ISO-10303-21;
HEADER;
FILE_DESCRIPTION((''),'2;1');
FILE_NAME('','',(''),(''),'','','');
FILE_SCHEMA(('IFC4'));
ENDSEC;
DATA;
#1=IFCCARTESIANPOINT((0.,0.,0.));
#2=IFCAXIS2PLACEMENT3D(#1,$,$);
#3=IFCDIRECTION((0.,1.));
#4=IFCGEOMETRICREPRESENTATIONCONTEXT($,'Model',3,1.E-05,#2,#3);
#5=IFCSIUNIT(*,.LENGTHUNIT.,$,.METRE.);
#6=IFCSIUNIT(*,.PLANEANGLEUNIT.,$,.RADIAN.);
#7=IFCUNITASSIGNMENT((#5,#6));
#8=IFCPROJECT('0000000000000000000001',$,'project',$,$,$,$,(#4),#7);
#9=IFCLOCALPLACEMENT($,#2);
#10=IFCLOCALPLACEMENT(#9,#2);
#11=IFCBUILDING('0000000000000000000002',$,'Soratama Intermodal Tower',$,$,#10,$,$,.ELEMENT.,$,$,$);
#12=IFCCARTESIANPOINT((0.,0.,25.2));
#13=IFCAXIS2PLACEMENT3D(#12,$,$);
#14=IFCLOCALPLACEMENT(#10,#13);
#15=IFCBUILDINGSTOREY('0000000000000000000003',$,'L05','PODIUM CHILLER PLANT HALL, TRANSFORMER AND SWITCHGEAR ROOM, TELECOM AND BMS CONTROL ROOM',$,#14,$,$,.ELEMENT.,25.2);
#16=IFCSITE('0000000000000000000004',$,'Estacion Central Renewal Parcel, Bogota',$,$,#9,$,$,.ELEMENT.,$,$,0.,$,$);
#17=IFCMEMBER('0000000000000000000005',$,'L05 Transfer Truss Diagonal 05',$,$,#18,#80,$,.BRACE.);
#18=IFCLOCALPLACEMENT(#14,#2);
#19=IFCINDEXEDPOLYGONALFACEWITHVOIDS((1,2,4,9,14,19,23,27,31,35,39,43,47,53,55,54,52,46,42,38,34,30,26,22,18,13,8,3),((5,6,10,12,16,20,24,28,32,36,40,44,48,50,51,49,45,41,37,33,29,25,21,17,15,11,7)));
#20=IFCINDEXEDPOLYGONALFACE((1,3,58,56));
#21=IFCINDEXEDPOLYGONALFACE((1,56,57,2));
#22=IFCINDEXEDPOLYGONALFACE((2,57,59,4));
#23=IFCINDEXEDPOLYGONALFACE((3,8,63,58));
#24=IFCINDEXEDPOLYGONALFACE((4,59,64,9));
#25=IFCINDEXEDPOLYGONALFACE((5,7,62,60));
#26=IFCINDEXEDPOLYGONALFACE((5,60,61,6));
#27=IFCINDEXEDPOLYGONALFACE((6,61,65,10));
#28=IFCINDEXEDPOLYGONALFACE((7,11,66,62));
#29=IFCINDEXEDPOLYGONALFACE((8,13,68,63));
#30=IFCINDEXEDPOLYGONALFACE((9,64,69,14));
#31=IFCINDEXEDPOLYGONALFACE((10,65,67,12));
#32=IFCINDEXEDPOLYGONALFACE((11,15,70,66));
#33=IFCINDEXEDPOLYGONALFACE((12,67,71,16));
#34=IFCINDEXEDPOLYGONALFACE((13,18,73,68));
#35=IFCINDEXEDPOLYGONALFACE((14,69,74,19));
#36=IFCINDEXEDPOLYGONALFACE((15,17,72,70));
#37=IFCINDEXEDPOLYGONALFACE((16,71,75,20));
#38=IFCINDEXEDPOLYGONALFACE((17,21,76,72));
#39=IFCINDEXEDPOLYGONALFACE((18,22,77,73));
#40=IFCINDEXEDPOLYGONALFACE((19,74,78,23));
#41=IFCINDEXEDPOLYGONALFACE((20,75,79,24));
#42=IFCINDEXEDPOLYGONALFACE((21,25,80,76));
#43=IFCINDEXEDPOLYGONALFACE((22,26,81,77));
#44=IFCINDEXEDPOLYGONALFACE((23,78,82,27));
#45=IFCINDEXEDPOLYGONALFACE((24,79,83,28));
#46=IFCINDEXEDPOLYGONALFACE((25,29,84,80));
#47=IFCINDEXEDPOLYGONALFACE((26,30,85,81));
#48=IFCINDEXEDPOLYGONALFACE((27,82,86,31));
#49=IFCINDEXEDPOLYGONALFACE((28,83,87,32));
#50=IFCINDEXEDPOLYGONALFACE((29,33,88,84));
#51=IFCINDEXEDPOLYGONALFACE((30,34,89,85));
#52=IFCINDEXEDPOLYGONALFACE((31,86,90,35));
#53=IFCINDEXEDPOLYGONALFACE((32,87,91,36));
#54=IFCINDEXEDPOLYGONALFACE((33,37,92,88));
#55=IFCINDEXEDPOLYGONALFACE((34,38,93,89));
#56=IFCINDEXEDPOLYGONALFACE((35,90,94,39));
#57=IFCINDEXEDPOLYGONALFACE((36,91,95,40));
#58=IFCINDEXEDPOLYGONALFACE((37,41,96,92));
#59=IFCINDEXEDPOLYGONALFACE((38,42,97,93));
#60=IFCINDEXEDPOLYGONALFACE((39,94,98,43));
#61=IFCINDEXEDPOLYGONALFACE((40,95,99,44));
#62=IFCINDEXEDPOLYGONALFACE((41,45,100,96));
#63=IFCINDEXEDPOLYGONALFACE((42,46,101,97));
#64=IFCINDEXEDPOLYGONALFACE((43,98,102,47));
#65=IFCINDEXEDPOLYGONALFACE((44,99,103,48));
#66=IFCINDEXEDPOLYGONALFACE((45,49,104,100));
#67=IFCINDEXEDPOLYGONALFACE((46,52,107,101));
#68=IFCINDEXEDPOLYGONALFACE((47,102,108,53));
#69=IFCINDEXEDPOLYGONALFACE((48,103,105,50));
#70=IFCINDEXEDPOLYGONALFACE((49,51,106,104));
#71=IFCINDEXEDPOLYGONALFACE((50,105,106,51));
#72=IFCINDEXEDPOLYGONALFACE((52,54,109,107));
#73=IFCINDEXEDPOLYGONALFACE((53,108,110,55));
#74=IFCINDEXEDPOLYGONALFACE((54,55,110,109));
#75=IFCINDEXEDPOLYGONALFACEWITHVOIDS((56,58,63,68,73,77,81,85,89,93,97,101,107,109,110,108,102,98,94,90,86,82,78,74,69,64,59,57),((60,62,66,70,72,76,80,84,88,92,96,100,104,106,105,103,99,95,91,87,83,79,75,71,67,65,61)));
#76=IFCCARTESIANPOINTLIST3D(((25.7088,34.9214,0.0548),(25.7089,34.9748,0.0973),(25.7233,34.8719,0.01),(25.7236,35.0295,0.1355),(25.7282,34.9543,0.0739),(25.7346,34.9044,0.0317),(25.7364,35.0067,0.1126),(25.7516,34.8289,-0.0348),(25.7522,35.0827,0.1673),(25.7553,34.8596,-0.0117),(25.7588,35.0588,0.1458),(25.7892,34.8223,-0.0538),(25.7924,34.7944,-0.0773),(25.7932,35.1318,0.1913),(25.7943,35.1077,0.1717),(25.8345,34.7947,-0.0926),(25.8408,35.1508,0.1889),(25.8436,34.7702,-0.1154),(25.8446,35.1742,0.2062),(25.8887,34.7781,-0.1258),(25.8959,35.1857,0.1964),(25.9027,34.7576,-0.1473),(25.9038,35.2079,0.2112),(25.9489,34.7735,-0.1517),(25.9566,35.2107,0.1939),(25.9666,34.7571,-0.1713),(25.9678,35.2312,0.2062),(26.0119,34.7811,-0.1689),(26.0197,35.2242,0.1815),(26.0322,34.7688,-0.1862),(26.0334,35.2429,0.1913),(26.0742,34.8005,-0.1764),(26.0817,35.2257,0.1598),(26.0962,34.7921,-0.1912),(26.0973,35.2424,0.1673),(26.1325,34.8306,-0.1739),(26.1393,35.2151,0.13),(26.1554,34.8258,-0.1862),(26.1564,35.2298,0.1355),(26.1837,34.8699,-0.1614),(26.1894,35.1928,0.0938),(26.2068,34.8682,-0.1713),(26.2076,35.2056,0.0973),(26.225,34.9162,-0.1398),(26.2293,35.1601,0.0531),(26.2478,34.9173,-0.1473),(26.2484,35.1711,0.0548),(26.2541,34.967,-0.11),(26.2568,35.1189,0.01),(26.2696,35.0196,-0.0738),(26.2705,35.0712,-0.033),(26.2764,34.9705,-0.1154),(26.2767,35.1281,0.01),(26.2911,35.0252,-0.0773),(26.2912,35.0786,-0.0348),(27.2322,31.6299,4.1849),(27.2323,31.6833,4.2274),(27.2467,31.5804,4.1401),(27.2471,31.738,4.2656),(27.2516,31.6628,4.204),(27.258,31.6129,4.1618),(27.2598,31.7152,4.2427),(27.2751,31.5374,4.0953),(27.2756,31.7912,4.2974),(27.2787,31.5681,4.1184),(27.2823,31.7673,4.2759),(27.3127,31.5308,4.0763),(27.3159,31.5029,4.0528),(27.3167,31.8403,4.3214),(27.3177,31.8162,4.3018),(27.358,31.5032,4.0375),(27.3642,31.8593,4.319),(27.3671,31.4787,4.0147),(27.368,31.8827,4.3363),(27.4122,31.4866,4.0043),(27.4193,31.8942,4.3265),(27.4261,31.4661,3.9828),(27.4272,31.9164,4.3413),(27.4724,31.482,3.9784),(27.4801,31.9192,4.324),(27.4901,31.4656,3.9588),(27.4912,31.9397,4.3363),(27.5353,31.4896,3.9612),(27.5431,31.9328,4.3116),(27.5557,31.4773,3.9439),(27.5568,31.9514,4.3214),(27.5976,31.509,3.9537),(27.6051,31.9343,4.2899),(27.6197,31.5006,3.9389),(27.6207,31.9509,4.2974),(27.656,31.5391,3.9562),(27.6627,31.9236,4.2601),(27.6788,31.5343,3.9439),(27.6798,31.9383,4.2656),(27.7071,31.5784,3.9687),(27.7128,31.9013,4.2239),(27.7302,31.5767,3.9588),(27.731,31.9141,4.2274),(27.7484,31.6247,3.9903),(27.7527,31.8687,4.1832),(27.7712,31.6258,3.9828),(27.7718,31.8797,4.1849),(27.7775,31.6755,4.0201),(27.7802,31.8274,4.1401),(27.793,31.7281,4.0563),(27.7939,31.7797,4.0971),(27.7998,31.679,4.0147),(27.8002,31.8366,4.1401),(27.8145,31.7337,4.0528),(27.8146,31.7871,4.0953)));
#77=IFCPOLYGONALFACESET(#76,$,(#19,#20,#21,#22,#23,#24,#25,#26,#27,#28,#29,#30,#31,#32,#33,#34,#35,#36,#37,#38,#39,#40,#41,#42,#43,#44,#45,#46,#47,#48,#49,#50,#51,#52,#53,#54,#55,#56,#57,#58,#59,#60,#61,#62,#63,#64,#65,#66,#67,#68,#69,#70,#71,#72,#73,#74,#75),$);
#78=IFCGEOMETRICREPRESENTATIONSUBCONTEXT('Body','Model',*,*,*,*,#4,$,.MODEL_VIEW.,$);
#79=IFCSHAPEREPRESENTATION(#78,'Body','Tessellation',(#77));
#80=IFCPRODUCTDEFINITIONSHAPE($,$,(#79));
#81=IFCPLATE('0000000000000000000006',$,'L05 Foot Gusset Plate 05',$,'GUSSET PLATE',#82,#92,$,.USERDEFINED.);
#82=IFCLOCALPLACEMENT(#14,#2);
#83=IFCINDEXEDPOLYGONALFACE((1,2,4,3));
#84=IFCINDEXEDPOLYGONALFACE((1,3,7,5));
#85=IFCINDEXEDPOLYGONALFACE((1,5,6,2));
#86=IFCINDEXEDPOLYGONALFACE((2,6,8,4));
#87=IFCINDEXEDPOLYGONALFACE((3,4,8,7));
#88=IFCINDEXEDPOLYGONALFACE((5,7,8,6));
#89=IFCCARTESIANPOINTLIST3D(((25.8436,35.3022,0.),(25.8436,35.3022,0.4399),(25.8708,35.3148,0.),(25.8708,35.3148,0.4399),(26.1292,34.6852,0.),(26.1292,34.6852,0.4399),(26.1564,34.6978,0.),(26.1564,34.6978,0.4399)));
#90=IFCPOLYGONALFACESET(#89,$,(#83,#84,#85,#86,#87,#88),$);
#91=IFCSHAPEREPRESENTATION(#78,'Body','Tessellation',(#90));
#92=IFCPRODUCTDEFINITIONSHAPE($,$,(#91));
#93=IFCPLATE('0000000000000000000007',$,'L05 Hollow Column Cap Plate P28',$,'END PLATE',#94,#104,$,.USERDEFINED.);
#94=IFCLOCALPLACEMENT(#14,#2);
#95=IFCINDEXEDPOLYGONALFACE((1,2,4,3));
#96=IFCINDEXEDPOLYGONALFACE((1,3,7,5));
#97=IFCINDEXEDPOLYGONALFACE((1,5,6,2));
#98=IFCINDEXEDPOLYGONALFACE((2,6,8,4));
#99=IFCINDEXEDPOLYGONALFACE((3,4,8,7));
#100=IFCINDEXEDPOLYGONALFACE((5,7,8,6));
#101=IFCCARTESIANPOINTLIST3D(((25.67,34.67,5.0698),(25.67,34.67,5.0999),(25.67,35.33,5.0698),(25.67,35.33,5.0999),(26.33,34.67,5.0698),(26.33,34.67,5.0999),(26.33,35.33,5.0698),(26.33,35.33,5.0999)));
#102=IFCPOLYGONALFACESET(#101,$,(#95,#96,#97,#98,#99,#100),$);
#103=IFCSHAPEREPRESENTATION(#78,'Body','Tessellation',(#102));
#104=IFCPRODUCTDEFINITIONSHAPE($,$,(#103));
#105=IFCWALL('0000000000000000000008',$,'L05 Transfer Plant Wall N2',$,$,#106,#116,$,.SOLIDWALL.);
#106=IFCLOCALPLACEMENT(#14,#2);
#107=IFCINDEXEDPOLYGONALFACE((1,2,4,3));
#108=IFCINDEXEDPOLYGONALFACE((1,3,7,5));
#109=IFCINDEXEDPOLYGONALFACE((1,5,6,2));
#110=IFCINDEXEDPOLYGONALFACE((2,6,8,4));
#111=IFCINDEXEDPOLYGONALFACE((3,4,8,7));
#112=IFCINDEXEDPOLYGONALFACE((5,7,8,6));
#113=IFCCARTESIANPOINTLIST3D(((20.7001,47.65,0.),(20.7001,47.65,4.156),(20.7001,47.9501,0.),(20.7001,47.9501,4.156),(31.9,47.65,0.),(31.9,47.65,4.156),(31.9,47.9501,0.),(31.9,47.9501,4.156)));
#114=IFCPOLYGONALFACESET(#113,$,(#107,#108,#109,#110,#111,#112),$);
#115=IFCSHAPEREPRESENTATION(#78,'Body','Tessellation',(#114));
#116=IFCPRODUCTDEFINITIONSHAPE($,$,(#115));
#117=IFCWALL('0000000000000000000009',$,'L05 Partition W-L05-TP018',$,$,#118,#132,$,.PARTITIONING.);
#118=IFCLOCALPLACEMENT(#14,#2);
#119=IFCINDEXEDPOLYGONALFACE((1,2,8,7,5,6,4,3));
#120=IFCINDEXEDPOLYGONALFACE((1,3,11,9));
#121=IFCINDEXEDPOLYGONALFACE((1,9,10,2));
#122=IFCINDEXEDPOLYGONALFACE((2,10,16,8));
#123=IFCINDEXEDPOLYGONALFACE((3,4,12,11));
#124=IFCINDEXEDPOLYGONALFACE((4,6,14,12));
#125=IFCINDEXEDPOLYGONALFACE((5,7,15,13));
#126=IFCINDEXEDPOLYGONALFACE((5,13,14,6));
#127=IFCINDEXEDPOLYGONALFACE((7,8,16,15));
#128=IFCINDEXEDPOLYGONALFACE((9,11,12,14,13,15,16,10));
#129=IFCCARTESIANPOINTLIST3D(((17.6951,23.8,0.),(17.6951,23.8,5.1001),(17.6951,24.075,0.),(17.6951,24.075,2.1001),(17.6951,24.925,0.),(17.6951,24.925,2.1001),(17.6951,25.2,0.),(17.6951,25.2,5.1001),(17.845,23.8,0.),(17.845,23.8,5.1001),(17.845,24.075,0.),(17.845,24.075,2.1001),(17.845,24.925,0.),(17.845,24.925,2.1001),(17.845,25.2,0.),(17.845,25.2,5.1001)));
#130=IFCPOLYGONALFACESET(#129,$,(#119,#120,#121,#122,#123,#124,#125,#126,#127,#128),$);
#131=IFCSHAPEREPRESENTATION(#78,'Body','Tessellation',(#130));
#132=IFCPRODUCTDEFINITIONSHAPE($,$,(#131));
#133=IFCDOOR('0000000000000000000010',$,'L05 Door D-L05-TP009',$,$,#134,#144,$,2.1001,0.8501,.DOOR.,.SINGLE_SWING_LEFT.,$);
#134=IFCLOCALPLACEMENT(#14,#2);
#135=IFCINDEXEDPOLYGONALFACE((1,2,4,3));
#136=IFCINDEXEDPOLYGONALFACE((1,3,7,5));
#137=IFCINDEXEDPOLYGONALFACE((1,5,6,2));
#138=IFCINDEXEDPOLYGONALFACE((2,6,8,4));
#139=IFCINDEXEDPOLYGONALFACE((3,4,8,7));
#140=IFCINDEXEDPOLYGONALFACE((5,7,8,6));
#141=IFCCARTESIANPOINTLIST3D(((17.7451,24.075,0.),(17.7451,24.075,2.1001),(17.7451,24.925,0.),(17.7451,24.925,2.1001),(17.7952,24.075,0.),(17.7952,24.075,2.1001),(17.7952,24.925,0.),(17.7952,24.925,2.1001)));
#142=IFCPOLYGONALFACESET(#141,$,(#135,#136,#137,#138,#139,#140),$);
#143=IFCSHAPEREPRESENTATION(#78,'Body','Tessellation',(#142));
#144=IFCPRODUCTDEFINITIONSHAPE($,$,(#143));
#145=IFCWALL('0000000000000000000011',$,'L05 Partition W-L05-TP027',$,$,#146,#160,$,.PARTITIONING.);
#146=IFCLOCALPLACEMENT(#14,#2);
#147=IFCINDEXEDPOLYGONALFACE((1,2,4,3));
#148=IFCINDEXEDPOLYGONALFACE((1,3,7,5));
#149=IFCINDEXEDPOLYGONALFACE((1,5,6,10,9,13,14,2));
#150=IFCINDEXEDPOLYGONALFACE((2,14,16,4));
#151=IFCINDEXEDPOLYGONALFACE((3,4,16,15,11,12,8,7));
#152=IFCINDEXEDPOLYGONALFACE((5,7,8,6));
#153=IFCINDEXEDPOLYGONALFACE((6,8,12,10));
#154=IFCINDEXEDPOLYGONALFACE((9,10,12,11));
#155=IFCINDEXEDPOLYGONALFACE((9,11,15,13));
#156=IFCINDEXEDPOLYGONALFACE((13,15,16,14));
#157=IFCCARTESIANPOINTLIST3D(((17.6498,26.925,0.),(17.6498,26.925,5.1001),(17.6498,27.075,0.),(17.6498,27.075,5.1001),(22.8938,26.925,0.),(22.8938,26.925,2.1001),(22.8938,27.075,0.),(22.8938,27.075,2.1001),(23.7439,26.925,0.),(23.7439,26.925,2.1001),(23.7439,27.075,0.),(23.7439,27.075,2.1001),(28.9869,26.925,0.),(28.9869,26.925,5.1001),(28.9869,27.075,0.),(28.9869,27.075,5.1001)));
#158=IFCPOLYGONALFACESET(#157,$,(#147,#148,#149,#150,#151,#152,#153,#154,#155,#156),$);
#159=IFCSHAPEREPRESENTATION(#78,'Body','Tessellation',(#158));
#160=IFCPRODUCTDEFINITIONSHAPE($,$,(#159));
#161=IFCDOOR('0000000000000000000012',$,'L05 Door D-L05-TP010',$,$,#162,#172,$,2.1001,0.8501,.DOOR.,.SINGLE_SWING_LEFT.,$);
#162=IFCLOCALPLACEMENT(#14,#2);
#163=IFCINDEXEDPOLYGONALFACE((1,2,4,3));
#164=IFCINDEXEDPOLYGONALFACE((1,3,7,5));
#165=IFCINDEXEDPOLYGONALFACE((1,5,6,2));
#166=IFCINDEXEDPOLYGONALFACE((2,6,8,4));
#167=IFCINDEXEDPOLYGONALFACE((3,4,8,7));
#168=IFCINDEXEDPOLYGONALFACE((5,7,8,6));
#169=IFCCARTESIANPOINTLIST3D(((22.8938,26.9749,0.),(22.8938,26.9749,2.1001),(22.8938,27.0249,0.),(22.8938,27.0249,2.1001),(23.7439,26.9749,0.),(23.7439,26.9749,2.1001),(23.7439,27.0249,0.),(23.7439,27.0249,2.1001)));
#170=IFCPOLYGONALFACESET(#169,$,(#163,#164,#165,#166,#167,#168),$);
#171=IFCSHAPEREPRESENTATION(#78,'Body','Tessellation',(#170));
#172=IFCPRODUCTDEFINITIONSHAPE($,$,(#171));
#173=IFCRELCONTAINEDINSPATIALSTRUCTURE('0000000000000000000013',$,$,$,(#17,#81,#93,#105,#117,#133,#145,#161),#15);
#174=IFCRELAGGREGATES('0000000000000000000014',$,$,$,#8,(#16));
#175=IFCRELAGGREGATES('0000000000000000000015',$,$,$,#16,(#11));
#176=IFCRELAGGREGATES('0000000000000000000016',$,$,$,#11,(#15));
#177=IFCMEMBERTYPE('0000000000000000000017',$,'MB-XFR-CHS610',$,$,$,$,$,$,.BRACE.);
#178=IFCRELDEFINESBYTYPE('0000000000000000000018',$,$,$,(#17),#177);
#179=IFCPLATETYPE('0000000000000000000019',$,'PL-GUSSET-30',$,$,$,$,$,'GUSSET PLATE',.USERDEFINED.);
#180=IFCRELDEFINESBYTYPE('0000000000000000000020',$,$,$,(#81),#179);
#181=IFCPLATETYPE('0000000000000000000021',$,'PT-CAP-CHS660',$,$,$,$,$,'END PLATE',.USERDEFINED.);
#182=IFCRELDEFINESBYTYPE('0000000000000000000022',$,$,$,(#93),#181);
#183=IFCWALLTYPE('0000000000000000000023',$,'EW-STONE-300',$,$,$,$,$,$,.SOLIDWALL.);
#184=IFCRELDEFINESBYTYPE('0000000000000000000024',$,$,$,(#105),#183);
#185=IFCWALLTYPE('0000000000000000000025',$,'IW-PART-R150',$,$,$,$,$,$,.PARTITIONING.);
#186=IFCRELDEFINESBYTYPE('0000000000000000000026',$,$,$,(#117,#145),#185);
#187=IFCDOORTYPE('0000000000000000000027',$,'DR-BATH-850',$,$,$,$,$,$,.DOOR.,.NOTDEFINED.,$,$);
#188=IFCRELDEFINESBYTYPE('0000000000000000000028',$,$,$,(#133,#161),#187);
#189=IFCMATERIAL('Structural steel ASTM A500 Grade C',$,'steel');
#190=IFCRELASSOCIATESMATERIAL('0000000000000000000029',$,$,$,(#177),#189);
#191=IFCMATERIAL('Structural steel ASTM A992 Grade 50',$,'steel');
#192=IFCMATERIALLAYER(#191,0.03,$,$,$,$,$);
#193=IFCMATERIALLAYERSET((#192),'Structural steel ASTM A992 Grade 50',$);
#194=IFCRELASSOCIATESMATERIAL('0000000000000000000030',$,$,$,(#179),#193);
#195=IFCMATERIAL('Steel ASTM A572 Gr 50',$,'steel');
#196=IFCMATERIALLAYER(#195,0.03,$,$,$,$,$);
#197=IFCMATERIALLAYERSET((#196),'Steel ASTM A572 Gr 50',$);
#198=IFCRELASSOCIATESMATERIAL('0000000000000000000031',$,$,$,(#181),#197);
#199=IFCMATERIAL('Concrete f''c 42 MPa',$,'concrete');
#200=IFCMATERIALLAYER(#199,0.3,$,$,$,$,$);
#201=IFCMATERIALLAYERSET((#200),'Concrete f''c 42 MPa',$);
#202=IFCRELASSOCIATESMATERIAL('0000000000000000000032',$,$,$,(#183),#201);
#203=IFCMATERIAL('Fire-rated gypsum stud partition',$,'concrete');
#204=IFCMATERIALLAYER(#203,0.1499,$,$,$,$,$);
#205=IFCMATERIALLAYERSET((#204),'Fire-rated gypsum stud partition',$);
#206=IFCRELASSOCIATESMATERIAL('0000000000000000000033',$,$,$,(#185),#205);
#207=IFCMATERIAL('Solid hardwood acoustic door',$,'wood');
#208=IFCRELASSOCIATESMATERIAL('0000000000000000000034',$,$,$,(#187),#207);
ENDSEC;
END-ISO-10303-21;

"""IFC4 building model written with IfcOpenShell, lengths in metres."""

from ifc_helpers import new_model, si_unit, direction, frame, frame_2d, origin, origin_2d, place, context, subcontext, project, spatial, rectangle, hollow_circle, extrude, material, layer, layer_set, material_profile, profile_set, type_object, element, fill, save


model = new_model("IFC4")

# Units and contexts
model_context = context("Model", 3, precision=1e-05, world=origin(), true_north=direction((0.0, 1.0)))
body_context = subcontext(model_context, "Body", "Model", "MODEL_VIEW")
ifc_project = project(units=[si_unit("LENGTHUNIT", "METRE"), si_unit("PLANEANGLEUNIT", "RADIAN")], contexts=[model_context])

# Site, building, storey
site_placement = place(None, origin())
site = spatial("IfcSite", under=ifc_project, at=site_placement, Name="Estacion Central Renewal Parcel, Bogota", CompositionType="ELEMENT", RefElevation=0.0)
building_placement = place(site_placement, origin())
building = spatial("IfcBuilding", under=site, at=building_placement, Name="Soratama Intermodal Tower", CompositionType="ELEMENT")
storey_placement = place(building_placement, frame((0.0, 0.0, 25.2)))
storey = spatial("IfcBuildingStorey", under=building, at=storey_placement, Name="L05", Description="PODIUM CHILLER PLANT HALL, TRANSFORMER AND SWITCHGEAR ROOM, TELECOM AND BMS CONTROL ROOM", CompositionType="ELEMENT", Elevation=25.2)

# Member
ifc_material_1 = material(Name="Structural steel ASTM A500 Grade C", Category="steel")
ifc_material_profile_1 = material_profile(ifc_material_1, hollow_circle(Radius=0.3049, WallThickness=0.022, at=origin_2d()), Name="CHS610X22")
ifc_profile_set_1 = profile_set([ifc_material_profile_1], Name="Structural steel ASTM A500 Grade C")
member_type = type_object("IfcMemberType", Name="MB-XFR-CHS610", PredefinedType="BRACE", material=ifc_profile_set_1)
member_placement = place(storey_placement, frame((26.0, 35.0, 0.01), z_axis=(0.277159, -0.598823, 0.751394), x_axis=(0.90751, 0.420031, 0.0)))
element("IfcMember", 1, at=member_placement, inside=storey, type_object=member_type, Name="L05 Transfer Truss Diagonal 05", PredefinedType="BRACE", context=body_context, shape_type="SweptSolid", body=[
    extrude(hollow_circle(Radius=0.3049, WallThickness=0.022, at=origin_2d()), origin(), (0.0, 0.0, 1.0), 5.4966),
])

# Plates
ifc_material_2 = material(Name="Structural steel ASTM A992 Grade 50", Category="steel")
ifc_layer_1 = layer(ifc_material_2, 0.03)
ifc_layer_set_1 = layer_set([ifc_layer_1], Name="Structural steel ASTM A992 Grade 50")
plate_type_1 = type_object("IfcPlateType", Name="PL-GUSSET-30", ElementType="GUSSET PLATE", PredefinedType="USERDEFINED", material=ifc_layer_set_1)
plate_1_placement = place(storey_placement, frame((26.0, 35.0, 0.0), z_axis=(0.0, 0.0, 1.0), x_axis=(0.420086, -0.907484, 0.0)))
element("IfcPlate", 2, at=plate_1_placement, inside=storey, type_object=plate_type_1, Name="L05 Foot Gusset Plate 05", ObjectType="GUSSET PLATE", PredefinedType="USERDEFINED", context=body_context, shape_type="SweptSolid", body=[
    extrude(rectangle(XDim=0.6799, YDim=0.03, at=origin_2d()), origin(), (0.0, 0.0, 1.0), 0.4399),
])
ifc_material_3 = material(Name="Steel ASTM A572 Gr 50", Category="steel")
ifc_layer_2 = layer(ifc_material_3, 0.03)
ifc_layer_set_2 = layer_set([ifc_layer_2], Name="Steel ASTM A572 Gr 50")
plate_type_2 = type_object("IfcPlateType", Name="PT-CAP-CHS660", ElementType="END PLATE", PredefinedType="USERDEFINED", material=ifc_layer_set_2)
plate_2_placement = place(storey_placement, frame((26.0, 35.0, 5.0698), z_axis=(0.0, 0.0, 1.0), x_axis=(1.0, 0.0, 0.0)))
element("IfcPlate", 3, at=plate_2_placement, inside=storey, type_object=plate_type_2, Name="L05 Hollow Column Cap Plate P28", ObjectType="END PLATE", PredefinedType="USERDEFINED", context=body_context, shape_type="SweptSolid", body=[
    extrude(rectangle(XDim=0.6599, YDim=0.6599, at=origin_2d()), origin(), (0.0, 0.0, 1.0), 0.03),
])

# Wall
ifc_material_4 = material(Name="Concrete f'c 42 MPa", Category="concrete")
ifc_layer_3 = layer(ifc_material_4, 0.3)
ifc_layer_set_3 = layer_set([ifc_layer_3], Name="Concrete f'c 42 MPa")
wall_type_1 = type_object("IfcWallType", Name="EW-STONE-300", PredefinedType="SOLIDWALL", material=ifc_layer_set_3)
wall_1_placement = place(storey_placement, frame((20.7, 47.8, 0.0), z_axis=(0.0, 0.0, 1.0), x_axis=(1.0, 0.0, 0.0)))
element("IfcWall", 4, at=wall_1_placement, inside=storey, type_object=wall_type_1, Name="L05 Transfer Plant Wall N2", PredefinedType="SOLIDWALL", context=body_context, shape_type="SweptSolid", body=[
    extrude(rectangle(XDim=11.2, YDim=0.3, at=frame_2d((5.6001, 0.0))), origin(), (0.0, 0.0, 1.0), 4.156),
])

# Walls, openings, doors
ifc_material_5 = material(Name="Fire-rated gypsum stud partition", Category="concrete")
ifc_layer_4 = layer(ifc_material_5, 0.1499)
ifc_layer_set_4 = layer_set([ifc_layer_4], Name="Fire-rated gypsum stud partition")
wall_type_2 = type_object("IfcWallType", Name="IW-PART-R150", PredefinedType="PARTITIONING", material=ifc_layer_set_4)
wall_2_placement = place(storey_placement, frame((17.77, 23.8, 0.0), z_axis=(0.0, 0.0, 1.0), x_axis=(0.0, 1.0, 0.0)))
wall_2 = element("IfcWall", 5, at=wall_2_placement, inside=storey, type_object=wall_type_2, Name="L05 Partition W-L05-TP018", PredefinedType="PARTITIONING", context=body_context, shape_type="SweptSolid", body=[
    extrude(rectangle(XDim=1.3999, YDim=0.1499, at=frame_2d((0.7, 0.0))), origin(), (0.0, 0.0, 1.0), 5.1001),
])
opening_1_placement = place(wall_2_placement, frame((0.2749, 0.0, 0.0)))
opening_1 = element("IfcOpeningElement", 6, at=opening_1_placement, cuts=wall_2, PredefinedType="OPENING", context=body_context, shape_type="SweptSolid", body=[
    extrude(rectangle(XDim=0.8501, YDim=2.1001, at=frame_2d((0.425, 1.05))), frame((0.0, 0.085, 0.0), z_axis=(0.0, -1.0, 0.0), x_axis=(1.0, 0.0, 0.0)), (0.0, 0.0, 1.0), 0.1699),
])
ifc_material_6 = material(Name="Solid hardwood acoustic door", Category="wood")
door_type_1 = type_object("IfcDoorType", Name="DR-BATH-850", OperationType="NOTDEFINED", PredefinedType="DOOR", material=ifc_material_6)
door_1_placement = place(opening_1_placement, origin())
door_1 = element("IfcDoor", 7, at=door_1_placement, inside=storey, type_object=door_type_1, Name="L05 Door D-L05-TP009", OperationType="SINGLE_SWING_LEFT", OverallHeight=2.1001, OverallWidth=0.8501, PredefinedType="DOOR", context=body_context, shape_type="SweptSolid", body=[
    extrude(rectangle(XDim=0.8501, YDim=2.1001, at=frame_2d((0.425, 1.05))), frame((0.0, 0.0249, 0.0), z_axis=(0.0, -1.0, 0.0), x_axis=(1.0, 0.0, 0.0)), (0.0, 0.0, 1.0), 0.05),
])
fill(opening_1, door_1)
wall_3_placement = place(storey_placement, frame((17.6499, 27.0, 0.0), z_axis=(0.0, 0.0, 1.0), x_axis=(1.0, 0.0, 0.0)))
wall_3 = element("IfcWall", 8, at=wall_3_placement, inside=storey, type_object=wall_type_2, Name="L05 Partition W-L05-TP027", PredefinedType="PARTITIONING", context=body_context, shape_type="SweptSolid", body=[
    extrude(rectangle(XDim=11.3372, YDim=0.1499, at=frame_2d((5.6685, 0.0))), origin(), (0.0, 0.0, 1.0), 5.1001),
])
opening_2_placement = place(wall_3_placement, frame((5.2439, 0.0, 0.0)))
opening_2 = element("IfcOpeningElement", 9, at=opening_2_placement, cuts=wall_3, PredefinedType="OPENING", context=body_context, shape_type="SweptSolid", body=[
    extrude(rectangle(XDim=0.8501, YDim=2.1001, at=frame_2d((0.425, 1.05))), frame((0.0, 0.085, 0.0), z_axis=(0.0, -1.0, 0.0), x_axis=(1.0, 0.0, 0.0)), (0.0, 0.0, 1.0), 0.1699),
])
door_2_placement = place(opening_2_placement, origin())
door_2 = element("IfcDoor", 10, at=door_2_placement, inside=storey, type_object=door_type_1, Name="L05 Door D-L05-TP010", OperationType="SINGLE_SWING_LEFT", OverallHeight=2.1001, OverallWidth=0.8501, PredefinedType="DOOR", context=body_context, shape_type="SweptSolid", body=[
    extrude(rectangle(XDim=0.8501, YDim=2.1001, at=frame_2d((0.425, 1.05))), frame((0.0, 0.0249, 0.0), z_axis=(0.0, -1.0, 0.0), x_axis=(1.0, 0.0, 0.0)), (0.0, 0.0, 1.0), 0.05),
])
fill(opening_2, door_2)

save(model, "model.ifc")
